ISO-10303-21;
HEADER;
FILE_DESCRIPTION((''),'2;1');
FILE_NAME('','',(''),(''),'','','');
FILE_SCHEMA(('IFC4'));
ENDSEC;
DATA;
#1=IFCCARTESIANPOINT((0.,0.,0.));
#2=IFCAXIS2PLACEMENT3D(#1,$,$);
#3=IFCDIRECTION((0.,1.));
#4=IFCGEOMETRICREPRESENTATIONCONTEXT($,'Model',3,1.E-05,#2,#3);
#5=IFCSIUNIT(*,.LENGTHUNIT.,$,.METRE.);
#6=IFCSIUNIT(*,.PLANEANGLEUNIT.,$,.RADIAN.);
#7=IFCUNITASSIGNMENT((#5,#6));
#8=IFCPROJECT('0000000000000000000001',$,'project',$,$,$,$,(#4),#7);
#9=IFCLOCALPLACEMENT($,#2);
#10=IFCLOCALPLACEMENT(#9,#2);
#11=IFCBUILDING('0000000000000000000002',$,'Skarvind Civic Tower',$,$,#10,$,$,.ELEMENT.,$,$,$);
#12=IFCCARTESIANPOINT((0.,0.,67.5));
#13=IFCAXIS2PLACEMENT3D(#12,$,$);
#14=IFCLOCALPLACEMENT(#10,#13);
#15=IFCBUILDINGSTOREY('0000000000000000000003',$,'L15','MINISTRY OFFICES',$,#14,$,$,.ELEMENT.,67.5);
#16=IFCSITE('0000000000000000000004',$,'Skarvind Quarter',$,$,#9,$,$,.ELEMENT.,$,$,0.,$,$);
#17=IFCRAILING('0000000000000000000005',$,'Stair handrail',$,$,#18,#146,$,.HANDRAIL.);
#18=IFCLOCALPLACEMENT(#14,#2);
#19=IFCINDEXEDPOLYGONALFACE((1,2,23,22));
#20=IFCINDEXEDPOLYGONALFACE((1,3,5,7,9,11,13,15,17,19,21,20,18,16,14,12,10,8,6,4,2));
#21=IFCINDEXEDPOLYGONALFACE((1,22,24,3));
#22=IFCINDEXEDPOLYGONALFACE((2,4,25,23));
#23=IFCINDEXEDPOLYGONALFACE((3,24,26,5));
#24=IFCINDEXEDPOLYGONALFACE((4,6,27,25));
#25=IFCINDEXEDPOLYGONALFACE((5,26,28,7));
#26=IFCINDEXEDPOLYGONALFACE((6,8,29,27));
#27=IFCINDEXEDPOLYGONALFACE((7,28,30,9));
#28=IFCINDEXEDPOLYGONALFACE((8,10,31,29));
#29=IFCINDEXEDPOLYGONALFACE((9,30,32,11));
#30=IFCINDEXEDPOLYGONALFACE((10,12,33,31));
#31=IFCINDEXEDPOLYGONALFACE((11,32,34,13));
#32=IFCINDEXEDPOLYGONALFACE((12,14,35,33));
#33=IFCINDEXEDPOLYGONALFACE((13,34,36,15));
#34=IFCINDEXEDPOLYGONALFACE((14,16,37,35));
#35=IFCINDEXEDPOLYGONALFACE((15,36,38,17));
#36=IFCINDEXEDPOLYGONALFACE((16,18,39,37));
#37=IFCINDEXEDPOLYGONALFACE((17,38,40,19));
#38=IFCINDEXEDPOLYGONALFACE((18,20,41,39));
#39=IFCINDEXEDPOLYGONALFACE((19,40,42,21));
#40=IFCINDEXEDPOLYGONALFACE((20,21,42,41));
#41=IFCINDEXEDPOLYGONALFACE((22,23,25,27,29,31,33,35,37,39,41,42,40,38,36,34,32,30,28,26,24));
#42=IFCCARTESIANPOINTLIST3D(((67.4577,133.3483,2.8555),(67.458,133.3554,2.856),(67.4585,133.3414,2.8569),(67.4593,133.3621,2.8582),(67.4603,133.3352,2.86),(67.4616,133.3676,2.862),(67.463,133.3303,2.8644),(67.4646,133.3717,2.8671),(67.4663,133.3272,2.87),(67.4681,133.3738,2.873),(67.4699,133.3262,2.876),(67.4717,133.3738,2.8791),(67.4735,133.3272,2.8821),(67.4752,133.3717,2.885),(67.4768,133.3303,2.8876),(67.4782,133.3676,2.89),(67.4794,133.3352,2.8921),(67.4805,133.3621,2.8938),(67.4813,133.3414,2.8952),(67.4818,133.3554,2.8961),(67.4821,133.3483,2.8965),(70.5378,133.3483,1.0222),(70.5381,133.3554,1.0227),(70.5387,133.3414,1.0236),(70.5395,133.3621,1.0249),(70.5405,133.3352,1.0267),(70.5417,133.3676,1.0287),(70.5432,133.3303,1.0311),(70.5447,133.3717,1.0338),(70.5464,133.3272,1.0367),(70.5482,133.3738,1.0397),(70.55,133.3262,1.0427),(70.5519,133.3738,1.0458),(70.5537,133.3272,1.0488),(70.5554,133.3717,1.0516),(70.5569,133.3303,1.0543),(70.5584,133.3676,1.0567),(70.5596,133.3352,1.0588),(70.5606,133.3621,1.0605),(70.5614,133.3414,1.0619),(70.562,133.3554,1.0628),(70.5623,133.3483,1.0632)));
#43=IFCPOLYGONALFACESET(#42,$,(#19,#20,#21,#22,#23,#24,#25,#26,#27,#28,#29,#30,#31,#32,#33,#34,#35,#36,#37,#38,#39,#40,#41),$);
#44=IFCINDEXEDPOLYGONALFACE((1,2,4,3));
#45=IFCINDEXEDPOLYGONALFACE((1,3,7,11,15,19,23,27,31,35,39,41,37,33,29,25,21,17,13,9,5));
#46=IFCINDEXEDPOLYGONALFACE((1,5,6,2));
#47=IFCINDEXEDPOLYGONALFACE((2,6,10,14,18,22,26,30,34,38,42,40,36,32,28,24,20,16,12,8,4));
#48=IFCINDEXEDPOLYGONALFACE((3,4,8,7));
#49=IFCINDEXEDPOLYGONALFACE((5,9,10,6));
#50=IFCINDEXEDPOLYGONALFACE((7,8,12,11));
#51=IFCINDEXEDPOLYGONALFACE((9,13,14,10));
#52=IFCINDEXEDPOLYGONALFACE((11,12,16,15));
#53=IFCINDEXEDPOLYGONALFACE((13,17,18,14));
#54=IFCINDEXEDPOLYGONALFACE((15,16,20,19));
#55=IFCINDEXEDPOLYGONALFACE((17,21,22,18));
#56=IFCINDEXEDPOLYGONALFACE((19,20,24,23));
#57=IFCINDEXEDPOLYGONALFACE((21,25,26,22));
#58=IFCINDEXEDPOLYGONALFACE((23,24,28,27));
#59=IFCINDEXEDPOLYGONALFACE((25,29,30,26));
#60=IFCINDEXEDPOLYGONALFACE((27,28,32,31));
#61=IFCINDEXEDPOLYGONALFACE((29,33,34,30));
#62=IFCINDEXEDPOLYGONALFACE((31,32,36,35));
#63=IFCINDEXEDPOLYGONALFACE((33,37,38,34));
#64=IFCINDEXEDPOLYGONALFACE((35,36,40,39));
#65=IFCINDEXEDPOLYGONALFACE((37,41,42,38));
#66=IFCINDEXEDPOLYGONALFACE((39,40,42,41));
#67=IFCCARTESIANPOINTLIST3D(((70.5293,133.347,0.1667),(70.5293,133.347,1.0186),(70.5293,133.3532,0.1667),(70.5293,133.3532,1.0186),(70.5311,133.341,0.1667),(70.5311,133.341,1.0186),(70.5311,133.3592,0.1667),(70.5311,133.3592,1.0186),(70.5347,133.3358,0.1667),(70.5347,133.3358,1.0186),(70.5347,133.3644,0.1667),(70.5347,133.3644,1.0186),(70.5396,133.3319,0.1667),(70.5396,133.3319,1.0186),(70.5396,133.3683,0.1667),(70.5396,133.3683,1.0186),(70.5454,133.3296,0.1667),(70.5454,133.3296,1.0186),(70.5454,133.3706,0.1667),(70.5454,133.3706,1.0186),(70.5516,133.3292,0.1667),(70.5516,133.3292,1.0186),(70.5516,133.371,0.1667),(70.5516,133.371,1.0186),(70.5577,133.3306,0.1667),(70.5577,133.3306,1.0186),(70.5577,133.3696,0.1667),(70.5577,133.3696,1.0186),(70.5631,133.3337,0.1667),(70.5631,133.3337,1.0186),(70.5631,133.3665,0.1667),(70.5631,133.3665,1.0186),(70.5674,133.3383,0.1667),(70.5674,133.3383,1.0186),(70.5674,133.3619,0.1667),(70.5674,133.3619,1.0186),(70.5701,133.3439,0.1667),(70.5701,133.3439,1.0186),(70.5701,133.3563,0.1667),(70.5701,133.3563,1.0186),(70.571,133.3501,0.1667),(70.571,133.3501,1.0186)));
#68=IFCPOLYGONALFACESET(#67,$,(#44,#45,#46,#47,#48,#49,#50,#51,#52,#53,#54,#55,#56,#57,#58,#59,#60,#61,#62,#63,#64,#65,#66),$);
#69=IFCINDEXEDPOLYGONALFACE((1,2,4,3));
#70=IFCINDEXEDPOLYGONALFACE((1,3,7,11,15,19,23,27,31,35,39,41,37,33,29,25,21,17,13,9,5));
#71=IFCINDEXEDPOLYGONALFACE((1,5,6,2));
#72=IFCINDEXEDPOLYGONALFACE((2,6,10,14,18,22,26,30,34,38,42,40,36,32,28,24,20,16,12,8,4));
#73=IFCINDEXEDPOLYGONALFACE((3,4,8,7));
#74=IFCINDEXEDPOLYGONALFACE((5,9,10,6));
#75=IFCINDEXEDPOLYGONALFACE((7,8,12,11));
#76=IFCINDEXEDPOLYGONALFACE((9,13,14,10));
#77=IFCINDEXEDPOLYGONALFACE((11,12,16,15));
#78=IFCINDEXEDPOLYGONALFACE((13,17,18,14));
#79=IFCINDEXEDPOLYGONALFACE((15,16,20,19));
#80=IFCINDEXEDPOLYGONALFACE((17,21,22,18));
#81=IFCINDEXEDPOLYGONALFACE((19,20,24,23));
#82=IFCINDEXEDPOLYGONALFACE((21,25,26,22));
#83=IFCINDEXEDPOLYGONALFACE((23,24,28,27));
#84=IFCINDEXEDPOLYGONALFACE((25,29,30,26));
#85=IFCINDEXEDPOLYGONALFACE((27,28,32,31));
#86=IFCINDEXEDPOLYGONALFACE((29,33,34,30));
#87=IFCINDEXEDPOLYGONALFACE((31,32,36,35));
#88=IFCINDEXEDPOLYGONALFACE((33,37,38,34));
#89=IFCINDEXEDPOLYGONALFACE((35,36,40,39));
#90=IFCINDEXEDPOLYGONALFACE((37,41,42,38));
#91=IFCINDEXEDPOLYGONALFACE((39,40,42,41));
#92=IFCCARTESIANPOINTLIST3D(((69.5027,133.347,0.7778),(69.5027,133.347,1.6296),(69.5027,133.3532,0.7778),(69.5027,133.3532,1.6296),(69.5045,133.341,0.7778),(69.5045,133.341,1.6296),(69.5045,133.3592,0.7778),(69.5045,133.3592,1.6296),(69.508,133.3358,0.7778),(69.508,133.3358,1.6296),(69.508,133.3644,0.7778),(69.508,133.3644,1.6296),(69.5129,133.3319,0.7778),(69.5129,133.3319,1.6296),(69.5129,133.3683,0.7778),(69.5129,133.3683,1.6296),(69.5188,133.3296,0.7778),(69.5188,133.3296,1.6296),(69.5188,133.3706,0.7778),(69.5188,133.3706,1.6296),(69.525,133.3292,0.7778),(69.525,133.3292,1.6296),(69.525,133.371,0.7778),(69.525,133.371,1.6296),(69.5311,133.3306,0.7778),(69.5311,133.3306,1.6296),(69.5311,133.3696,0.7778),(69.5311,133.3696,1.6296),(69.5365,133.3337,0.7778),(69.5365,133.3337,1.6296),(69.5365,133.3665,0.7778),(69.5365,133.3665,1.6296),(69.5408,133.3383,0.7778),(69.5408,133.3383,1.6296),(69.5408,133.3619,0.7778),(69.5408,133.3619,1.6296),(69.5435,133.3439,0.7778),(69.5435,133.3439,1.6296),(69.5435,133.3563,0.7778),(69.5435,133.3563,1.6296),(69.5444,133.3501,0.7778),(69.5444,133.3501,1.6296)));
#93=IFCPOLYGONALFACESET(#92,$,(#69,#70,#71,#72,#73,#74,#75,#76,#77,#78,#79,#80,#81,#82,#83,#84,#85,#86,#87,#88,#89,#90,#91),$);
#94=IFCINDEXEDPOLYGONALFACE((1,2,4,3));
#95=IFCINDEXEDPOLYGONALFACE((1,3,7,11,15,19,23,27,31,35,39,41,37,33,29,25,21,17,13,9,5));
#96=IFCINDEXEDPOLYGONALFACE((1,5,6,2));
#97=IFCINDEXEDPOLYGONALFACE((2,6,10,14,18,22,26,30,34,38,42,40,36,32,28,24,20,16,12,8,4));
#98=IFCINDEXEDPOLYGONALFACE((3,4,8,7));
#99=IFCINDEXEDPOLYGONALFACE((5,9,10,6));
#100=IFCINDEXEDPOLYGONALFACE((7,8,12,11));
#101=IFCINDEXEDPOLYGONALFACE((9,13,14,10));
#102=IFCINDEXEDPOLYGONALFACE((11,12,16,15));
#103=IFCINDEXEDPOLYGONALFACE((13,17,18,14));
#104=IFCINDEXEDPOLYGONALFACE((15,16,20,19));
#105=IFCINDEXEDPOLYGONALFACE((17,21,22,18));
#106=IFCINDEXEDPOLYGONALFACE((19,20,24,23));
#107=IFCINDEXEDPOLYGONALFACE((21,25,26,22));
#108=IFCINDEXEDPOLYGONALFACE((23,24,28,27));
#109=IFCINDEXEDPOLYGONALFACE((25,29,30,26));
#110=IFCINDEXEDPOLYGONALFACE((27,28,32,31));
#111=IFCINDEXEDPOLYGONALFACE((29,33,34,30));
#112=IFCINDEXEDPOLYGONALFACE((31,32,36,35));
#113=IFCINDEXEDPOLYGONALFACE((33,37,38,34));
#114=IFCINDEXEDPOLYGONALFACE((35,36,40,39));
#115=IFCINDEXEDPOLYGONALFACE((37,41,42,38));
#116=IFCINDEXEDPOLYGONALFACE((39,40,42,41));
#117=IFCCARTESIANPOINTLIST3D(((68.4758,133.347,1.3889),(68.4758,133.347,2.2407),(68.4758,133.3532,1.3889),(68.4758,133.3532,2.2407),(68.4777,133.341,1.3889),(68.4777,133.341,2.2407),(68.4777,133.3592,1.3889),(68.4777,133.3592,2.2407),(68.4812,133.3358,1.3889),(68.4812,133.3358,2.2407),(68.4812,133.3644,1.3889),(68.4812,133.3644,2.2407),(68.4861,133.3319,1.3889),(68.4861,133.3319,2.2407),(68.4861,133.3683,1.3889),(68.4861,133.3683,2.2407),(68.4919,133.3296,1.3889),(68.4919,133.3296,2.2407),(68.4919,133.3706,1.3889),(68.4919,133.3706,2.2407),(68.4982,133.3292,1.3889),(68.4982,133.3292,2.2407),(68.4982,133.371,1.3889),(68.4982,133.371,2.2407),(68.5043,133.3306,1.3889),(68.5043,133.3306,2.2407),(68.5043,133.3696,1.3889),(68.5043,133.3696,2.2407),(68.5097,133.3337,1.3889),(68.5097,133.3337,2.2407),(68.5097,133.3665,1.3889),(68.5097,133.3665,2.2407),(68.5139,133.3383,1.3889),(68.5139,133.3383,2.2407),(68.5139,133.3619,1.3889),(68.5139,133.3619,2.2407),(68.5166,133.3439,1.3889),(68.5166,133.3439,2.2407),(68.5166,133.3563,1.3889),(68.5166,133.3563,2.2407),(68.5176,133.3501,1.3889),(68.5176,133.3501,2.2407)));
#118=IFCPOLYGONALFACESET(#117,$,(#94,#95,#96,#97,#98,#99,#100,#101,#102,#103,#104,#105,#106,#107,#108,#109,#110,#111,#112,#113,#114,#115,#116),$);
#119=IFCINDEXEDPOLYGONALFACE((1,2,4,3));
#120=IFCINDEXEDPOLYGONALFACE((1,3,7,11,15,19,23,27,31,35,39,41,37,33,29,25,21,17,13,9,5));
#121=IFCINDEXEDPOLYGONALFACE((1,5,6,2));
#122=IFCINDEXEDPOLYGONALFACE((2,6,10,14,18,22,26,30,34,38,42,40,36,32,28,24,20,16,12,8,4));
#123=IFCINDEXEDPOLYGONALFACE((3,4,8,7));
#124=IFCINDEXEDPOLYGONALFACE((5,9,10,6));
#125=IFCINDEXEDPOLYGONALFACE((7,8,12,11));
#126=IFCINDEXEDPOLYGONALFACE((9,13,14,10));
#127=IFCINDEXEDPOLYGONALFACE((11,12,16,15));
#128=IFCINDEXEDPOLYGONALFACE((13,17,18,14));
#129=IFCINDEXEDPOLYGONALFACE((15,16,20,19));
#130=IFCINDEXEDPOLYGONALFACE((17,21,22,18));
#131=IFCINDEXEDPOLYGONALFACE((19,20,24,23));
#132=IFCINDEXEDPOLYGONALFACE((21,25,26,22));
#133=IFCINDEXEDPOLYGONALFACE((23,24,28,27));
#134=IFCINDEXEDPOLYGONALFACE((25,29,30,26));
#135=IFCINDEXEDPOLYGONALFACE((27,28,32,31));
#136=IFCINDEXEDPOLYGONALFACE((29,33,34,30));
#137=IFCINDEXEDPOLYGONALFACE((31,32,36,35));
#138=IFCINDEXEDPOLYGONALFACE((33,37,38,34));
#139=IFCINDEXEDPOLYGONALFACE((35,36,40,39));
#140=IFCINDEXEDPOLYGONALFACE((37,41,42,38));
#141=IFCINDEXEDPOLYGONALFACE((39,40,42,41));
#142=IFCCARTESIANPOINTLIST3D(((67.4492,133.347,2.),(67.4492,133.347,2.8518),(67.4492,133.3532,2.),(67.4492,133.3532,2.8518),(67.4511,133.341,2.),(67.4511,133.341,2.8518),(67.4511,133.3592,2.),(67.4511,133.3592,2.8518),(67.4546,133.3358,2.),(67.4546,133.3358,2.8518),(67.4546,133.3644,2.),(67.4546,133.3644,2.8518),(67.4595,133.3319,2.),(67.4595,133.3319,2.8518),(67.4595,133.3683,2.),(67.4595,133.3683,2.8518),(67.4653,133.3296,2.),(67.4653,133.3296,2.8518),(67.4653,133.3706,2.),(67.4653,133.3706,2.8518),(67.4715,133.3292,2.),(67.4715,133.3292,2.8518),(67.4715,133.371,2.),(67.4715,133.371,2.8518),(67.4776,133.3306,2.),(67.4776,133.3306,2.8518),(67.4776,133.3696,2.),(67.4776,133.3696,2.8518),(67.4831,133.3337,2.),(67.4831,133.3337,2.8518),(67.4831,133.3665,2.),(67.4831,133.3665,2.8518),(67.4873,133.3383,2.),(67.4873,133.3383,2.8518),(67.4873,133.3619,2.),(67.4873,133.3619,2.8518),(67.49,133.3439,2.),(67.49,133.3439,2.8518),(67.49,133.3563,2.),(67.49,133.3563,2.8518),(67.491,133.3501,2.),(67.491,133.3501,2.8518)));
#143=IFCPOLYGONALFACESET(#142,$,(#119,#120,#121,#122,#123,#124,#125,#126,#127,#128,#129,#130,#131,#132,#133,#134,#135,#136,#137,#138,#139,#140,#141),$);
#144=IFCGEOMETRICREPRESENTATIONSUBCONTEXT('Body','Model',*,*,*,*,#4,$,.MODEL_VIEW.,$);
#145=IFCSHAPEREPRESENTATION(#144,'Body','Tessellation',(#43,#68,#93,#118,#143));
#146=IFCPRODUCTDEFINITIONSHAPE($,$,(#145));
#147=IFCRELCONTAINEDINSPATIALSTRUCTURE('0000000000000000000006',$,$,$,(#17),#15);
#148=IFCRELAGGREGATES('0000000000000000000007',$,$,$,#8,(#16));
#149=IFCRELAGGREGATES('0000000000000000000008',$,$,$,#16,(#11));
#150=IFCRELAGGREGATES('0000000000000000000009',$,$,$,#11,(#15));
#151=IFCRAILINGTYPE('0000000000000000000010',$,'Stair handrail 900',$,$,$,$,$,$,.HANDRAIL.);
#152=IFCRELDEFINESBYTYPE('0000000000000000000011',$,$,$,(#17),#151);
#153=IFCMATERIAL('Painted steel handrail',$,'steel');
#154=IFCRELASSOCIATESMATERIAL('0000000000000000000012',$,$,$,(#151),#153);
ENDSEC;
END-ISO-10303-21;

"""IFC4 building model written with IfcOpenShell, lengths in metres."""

from ifc_helpers import new_model, si_unit, direction, frame, origin, origin_2d, place, context, subcontext, project, spatial, circle, extrude, material, type_object, element, save


model = new_model("IFC4")

# Units and contexts
model_context = context("Model", 3, precision=1e-05, world=origin(), true_north=direction((0.0, 1.0)))
body_context = subcontext(model_context, "Body", "Model", "MODEL_VIEW")
ifc_project = project(units=[si_unit("LENGTHUNIT", "METRE"), si_unit("PLANEANGLEUNIT", "RADIAN")], contexts=[model_context])

# Site, building, storey
site_placement = place(None, origin())
site = spatial("IfcSite", under=ifc_project, at=site_placement, Name="Skarvind Quarter", CompositionType="ELEMENT", RefElevation=0.0)
building_placement = place(site_placement, origin())
building = spatial("IfcBuilding", under=site, at=building_placement, Name="Skarvind Civic Tower", CompositionType="ELEMENT")
storey_placement = place(building_placement, frame((0.0, 0.0, 67.5)))
storey = spatial("IfcBuildingStorey", under=building, at=storey_placement, Name="L15", Description="MINISTRY OFFICES", CompositionType="ELEMENT", Elevation=67.5)

# Railing
ifc_material_1 = material(Name="Painted steel handrail", Category="steel")
railing_type_1 = type_object("IfcRailingType", Name="Stair handrail 900", PredefinedType="HANDRAIL", material=ifc_material_1)
railing_1_placement = place(storey_placement, frame((70.55, 133.3501, 0.1667)))
element("IfcRailing", 1, at=railing_1_placement, inside=storey, type_object=railing_type_1, Name="Stair handrail", PredefinedType="HANDRAIL", context=body_context, shape_type="SweptSolid", body=[
    extrude(circle(Radius=0.0239, at=origin_2d()), frame((0.0, 0.0, 0.876), z_axis=(-0.859309, 0.0, 0.511458), x_axis=(0.0, -1.0, 0.0)), (0.0, 0.0, 1.0), 3.5845),
    extrude(circle(Radius=0.021, at=origin_2d()), origin(), (0.0, 0.0, 1.0), 0.8518),
    extrude(circle(Radius=0.021, at=origin_2d()), frame((-1.0266, 0.0, 0.6111)), (0.0, 0.0, 1.0), 0.8518),
    extrude(circle(Radius=0.021, at=origin_2d()), frame((-2.0535, 0.0, 1.2222)), (0.0, 0.0, 1.0), 0.8518),
    extrude(circle(Radius=0.021, at=origin_2d()), frame((-3.0801, 0.0, 1.8333)), (0.0, 0.0, 1.0), 0.8518),
])

save(model, "model.ifc")
